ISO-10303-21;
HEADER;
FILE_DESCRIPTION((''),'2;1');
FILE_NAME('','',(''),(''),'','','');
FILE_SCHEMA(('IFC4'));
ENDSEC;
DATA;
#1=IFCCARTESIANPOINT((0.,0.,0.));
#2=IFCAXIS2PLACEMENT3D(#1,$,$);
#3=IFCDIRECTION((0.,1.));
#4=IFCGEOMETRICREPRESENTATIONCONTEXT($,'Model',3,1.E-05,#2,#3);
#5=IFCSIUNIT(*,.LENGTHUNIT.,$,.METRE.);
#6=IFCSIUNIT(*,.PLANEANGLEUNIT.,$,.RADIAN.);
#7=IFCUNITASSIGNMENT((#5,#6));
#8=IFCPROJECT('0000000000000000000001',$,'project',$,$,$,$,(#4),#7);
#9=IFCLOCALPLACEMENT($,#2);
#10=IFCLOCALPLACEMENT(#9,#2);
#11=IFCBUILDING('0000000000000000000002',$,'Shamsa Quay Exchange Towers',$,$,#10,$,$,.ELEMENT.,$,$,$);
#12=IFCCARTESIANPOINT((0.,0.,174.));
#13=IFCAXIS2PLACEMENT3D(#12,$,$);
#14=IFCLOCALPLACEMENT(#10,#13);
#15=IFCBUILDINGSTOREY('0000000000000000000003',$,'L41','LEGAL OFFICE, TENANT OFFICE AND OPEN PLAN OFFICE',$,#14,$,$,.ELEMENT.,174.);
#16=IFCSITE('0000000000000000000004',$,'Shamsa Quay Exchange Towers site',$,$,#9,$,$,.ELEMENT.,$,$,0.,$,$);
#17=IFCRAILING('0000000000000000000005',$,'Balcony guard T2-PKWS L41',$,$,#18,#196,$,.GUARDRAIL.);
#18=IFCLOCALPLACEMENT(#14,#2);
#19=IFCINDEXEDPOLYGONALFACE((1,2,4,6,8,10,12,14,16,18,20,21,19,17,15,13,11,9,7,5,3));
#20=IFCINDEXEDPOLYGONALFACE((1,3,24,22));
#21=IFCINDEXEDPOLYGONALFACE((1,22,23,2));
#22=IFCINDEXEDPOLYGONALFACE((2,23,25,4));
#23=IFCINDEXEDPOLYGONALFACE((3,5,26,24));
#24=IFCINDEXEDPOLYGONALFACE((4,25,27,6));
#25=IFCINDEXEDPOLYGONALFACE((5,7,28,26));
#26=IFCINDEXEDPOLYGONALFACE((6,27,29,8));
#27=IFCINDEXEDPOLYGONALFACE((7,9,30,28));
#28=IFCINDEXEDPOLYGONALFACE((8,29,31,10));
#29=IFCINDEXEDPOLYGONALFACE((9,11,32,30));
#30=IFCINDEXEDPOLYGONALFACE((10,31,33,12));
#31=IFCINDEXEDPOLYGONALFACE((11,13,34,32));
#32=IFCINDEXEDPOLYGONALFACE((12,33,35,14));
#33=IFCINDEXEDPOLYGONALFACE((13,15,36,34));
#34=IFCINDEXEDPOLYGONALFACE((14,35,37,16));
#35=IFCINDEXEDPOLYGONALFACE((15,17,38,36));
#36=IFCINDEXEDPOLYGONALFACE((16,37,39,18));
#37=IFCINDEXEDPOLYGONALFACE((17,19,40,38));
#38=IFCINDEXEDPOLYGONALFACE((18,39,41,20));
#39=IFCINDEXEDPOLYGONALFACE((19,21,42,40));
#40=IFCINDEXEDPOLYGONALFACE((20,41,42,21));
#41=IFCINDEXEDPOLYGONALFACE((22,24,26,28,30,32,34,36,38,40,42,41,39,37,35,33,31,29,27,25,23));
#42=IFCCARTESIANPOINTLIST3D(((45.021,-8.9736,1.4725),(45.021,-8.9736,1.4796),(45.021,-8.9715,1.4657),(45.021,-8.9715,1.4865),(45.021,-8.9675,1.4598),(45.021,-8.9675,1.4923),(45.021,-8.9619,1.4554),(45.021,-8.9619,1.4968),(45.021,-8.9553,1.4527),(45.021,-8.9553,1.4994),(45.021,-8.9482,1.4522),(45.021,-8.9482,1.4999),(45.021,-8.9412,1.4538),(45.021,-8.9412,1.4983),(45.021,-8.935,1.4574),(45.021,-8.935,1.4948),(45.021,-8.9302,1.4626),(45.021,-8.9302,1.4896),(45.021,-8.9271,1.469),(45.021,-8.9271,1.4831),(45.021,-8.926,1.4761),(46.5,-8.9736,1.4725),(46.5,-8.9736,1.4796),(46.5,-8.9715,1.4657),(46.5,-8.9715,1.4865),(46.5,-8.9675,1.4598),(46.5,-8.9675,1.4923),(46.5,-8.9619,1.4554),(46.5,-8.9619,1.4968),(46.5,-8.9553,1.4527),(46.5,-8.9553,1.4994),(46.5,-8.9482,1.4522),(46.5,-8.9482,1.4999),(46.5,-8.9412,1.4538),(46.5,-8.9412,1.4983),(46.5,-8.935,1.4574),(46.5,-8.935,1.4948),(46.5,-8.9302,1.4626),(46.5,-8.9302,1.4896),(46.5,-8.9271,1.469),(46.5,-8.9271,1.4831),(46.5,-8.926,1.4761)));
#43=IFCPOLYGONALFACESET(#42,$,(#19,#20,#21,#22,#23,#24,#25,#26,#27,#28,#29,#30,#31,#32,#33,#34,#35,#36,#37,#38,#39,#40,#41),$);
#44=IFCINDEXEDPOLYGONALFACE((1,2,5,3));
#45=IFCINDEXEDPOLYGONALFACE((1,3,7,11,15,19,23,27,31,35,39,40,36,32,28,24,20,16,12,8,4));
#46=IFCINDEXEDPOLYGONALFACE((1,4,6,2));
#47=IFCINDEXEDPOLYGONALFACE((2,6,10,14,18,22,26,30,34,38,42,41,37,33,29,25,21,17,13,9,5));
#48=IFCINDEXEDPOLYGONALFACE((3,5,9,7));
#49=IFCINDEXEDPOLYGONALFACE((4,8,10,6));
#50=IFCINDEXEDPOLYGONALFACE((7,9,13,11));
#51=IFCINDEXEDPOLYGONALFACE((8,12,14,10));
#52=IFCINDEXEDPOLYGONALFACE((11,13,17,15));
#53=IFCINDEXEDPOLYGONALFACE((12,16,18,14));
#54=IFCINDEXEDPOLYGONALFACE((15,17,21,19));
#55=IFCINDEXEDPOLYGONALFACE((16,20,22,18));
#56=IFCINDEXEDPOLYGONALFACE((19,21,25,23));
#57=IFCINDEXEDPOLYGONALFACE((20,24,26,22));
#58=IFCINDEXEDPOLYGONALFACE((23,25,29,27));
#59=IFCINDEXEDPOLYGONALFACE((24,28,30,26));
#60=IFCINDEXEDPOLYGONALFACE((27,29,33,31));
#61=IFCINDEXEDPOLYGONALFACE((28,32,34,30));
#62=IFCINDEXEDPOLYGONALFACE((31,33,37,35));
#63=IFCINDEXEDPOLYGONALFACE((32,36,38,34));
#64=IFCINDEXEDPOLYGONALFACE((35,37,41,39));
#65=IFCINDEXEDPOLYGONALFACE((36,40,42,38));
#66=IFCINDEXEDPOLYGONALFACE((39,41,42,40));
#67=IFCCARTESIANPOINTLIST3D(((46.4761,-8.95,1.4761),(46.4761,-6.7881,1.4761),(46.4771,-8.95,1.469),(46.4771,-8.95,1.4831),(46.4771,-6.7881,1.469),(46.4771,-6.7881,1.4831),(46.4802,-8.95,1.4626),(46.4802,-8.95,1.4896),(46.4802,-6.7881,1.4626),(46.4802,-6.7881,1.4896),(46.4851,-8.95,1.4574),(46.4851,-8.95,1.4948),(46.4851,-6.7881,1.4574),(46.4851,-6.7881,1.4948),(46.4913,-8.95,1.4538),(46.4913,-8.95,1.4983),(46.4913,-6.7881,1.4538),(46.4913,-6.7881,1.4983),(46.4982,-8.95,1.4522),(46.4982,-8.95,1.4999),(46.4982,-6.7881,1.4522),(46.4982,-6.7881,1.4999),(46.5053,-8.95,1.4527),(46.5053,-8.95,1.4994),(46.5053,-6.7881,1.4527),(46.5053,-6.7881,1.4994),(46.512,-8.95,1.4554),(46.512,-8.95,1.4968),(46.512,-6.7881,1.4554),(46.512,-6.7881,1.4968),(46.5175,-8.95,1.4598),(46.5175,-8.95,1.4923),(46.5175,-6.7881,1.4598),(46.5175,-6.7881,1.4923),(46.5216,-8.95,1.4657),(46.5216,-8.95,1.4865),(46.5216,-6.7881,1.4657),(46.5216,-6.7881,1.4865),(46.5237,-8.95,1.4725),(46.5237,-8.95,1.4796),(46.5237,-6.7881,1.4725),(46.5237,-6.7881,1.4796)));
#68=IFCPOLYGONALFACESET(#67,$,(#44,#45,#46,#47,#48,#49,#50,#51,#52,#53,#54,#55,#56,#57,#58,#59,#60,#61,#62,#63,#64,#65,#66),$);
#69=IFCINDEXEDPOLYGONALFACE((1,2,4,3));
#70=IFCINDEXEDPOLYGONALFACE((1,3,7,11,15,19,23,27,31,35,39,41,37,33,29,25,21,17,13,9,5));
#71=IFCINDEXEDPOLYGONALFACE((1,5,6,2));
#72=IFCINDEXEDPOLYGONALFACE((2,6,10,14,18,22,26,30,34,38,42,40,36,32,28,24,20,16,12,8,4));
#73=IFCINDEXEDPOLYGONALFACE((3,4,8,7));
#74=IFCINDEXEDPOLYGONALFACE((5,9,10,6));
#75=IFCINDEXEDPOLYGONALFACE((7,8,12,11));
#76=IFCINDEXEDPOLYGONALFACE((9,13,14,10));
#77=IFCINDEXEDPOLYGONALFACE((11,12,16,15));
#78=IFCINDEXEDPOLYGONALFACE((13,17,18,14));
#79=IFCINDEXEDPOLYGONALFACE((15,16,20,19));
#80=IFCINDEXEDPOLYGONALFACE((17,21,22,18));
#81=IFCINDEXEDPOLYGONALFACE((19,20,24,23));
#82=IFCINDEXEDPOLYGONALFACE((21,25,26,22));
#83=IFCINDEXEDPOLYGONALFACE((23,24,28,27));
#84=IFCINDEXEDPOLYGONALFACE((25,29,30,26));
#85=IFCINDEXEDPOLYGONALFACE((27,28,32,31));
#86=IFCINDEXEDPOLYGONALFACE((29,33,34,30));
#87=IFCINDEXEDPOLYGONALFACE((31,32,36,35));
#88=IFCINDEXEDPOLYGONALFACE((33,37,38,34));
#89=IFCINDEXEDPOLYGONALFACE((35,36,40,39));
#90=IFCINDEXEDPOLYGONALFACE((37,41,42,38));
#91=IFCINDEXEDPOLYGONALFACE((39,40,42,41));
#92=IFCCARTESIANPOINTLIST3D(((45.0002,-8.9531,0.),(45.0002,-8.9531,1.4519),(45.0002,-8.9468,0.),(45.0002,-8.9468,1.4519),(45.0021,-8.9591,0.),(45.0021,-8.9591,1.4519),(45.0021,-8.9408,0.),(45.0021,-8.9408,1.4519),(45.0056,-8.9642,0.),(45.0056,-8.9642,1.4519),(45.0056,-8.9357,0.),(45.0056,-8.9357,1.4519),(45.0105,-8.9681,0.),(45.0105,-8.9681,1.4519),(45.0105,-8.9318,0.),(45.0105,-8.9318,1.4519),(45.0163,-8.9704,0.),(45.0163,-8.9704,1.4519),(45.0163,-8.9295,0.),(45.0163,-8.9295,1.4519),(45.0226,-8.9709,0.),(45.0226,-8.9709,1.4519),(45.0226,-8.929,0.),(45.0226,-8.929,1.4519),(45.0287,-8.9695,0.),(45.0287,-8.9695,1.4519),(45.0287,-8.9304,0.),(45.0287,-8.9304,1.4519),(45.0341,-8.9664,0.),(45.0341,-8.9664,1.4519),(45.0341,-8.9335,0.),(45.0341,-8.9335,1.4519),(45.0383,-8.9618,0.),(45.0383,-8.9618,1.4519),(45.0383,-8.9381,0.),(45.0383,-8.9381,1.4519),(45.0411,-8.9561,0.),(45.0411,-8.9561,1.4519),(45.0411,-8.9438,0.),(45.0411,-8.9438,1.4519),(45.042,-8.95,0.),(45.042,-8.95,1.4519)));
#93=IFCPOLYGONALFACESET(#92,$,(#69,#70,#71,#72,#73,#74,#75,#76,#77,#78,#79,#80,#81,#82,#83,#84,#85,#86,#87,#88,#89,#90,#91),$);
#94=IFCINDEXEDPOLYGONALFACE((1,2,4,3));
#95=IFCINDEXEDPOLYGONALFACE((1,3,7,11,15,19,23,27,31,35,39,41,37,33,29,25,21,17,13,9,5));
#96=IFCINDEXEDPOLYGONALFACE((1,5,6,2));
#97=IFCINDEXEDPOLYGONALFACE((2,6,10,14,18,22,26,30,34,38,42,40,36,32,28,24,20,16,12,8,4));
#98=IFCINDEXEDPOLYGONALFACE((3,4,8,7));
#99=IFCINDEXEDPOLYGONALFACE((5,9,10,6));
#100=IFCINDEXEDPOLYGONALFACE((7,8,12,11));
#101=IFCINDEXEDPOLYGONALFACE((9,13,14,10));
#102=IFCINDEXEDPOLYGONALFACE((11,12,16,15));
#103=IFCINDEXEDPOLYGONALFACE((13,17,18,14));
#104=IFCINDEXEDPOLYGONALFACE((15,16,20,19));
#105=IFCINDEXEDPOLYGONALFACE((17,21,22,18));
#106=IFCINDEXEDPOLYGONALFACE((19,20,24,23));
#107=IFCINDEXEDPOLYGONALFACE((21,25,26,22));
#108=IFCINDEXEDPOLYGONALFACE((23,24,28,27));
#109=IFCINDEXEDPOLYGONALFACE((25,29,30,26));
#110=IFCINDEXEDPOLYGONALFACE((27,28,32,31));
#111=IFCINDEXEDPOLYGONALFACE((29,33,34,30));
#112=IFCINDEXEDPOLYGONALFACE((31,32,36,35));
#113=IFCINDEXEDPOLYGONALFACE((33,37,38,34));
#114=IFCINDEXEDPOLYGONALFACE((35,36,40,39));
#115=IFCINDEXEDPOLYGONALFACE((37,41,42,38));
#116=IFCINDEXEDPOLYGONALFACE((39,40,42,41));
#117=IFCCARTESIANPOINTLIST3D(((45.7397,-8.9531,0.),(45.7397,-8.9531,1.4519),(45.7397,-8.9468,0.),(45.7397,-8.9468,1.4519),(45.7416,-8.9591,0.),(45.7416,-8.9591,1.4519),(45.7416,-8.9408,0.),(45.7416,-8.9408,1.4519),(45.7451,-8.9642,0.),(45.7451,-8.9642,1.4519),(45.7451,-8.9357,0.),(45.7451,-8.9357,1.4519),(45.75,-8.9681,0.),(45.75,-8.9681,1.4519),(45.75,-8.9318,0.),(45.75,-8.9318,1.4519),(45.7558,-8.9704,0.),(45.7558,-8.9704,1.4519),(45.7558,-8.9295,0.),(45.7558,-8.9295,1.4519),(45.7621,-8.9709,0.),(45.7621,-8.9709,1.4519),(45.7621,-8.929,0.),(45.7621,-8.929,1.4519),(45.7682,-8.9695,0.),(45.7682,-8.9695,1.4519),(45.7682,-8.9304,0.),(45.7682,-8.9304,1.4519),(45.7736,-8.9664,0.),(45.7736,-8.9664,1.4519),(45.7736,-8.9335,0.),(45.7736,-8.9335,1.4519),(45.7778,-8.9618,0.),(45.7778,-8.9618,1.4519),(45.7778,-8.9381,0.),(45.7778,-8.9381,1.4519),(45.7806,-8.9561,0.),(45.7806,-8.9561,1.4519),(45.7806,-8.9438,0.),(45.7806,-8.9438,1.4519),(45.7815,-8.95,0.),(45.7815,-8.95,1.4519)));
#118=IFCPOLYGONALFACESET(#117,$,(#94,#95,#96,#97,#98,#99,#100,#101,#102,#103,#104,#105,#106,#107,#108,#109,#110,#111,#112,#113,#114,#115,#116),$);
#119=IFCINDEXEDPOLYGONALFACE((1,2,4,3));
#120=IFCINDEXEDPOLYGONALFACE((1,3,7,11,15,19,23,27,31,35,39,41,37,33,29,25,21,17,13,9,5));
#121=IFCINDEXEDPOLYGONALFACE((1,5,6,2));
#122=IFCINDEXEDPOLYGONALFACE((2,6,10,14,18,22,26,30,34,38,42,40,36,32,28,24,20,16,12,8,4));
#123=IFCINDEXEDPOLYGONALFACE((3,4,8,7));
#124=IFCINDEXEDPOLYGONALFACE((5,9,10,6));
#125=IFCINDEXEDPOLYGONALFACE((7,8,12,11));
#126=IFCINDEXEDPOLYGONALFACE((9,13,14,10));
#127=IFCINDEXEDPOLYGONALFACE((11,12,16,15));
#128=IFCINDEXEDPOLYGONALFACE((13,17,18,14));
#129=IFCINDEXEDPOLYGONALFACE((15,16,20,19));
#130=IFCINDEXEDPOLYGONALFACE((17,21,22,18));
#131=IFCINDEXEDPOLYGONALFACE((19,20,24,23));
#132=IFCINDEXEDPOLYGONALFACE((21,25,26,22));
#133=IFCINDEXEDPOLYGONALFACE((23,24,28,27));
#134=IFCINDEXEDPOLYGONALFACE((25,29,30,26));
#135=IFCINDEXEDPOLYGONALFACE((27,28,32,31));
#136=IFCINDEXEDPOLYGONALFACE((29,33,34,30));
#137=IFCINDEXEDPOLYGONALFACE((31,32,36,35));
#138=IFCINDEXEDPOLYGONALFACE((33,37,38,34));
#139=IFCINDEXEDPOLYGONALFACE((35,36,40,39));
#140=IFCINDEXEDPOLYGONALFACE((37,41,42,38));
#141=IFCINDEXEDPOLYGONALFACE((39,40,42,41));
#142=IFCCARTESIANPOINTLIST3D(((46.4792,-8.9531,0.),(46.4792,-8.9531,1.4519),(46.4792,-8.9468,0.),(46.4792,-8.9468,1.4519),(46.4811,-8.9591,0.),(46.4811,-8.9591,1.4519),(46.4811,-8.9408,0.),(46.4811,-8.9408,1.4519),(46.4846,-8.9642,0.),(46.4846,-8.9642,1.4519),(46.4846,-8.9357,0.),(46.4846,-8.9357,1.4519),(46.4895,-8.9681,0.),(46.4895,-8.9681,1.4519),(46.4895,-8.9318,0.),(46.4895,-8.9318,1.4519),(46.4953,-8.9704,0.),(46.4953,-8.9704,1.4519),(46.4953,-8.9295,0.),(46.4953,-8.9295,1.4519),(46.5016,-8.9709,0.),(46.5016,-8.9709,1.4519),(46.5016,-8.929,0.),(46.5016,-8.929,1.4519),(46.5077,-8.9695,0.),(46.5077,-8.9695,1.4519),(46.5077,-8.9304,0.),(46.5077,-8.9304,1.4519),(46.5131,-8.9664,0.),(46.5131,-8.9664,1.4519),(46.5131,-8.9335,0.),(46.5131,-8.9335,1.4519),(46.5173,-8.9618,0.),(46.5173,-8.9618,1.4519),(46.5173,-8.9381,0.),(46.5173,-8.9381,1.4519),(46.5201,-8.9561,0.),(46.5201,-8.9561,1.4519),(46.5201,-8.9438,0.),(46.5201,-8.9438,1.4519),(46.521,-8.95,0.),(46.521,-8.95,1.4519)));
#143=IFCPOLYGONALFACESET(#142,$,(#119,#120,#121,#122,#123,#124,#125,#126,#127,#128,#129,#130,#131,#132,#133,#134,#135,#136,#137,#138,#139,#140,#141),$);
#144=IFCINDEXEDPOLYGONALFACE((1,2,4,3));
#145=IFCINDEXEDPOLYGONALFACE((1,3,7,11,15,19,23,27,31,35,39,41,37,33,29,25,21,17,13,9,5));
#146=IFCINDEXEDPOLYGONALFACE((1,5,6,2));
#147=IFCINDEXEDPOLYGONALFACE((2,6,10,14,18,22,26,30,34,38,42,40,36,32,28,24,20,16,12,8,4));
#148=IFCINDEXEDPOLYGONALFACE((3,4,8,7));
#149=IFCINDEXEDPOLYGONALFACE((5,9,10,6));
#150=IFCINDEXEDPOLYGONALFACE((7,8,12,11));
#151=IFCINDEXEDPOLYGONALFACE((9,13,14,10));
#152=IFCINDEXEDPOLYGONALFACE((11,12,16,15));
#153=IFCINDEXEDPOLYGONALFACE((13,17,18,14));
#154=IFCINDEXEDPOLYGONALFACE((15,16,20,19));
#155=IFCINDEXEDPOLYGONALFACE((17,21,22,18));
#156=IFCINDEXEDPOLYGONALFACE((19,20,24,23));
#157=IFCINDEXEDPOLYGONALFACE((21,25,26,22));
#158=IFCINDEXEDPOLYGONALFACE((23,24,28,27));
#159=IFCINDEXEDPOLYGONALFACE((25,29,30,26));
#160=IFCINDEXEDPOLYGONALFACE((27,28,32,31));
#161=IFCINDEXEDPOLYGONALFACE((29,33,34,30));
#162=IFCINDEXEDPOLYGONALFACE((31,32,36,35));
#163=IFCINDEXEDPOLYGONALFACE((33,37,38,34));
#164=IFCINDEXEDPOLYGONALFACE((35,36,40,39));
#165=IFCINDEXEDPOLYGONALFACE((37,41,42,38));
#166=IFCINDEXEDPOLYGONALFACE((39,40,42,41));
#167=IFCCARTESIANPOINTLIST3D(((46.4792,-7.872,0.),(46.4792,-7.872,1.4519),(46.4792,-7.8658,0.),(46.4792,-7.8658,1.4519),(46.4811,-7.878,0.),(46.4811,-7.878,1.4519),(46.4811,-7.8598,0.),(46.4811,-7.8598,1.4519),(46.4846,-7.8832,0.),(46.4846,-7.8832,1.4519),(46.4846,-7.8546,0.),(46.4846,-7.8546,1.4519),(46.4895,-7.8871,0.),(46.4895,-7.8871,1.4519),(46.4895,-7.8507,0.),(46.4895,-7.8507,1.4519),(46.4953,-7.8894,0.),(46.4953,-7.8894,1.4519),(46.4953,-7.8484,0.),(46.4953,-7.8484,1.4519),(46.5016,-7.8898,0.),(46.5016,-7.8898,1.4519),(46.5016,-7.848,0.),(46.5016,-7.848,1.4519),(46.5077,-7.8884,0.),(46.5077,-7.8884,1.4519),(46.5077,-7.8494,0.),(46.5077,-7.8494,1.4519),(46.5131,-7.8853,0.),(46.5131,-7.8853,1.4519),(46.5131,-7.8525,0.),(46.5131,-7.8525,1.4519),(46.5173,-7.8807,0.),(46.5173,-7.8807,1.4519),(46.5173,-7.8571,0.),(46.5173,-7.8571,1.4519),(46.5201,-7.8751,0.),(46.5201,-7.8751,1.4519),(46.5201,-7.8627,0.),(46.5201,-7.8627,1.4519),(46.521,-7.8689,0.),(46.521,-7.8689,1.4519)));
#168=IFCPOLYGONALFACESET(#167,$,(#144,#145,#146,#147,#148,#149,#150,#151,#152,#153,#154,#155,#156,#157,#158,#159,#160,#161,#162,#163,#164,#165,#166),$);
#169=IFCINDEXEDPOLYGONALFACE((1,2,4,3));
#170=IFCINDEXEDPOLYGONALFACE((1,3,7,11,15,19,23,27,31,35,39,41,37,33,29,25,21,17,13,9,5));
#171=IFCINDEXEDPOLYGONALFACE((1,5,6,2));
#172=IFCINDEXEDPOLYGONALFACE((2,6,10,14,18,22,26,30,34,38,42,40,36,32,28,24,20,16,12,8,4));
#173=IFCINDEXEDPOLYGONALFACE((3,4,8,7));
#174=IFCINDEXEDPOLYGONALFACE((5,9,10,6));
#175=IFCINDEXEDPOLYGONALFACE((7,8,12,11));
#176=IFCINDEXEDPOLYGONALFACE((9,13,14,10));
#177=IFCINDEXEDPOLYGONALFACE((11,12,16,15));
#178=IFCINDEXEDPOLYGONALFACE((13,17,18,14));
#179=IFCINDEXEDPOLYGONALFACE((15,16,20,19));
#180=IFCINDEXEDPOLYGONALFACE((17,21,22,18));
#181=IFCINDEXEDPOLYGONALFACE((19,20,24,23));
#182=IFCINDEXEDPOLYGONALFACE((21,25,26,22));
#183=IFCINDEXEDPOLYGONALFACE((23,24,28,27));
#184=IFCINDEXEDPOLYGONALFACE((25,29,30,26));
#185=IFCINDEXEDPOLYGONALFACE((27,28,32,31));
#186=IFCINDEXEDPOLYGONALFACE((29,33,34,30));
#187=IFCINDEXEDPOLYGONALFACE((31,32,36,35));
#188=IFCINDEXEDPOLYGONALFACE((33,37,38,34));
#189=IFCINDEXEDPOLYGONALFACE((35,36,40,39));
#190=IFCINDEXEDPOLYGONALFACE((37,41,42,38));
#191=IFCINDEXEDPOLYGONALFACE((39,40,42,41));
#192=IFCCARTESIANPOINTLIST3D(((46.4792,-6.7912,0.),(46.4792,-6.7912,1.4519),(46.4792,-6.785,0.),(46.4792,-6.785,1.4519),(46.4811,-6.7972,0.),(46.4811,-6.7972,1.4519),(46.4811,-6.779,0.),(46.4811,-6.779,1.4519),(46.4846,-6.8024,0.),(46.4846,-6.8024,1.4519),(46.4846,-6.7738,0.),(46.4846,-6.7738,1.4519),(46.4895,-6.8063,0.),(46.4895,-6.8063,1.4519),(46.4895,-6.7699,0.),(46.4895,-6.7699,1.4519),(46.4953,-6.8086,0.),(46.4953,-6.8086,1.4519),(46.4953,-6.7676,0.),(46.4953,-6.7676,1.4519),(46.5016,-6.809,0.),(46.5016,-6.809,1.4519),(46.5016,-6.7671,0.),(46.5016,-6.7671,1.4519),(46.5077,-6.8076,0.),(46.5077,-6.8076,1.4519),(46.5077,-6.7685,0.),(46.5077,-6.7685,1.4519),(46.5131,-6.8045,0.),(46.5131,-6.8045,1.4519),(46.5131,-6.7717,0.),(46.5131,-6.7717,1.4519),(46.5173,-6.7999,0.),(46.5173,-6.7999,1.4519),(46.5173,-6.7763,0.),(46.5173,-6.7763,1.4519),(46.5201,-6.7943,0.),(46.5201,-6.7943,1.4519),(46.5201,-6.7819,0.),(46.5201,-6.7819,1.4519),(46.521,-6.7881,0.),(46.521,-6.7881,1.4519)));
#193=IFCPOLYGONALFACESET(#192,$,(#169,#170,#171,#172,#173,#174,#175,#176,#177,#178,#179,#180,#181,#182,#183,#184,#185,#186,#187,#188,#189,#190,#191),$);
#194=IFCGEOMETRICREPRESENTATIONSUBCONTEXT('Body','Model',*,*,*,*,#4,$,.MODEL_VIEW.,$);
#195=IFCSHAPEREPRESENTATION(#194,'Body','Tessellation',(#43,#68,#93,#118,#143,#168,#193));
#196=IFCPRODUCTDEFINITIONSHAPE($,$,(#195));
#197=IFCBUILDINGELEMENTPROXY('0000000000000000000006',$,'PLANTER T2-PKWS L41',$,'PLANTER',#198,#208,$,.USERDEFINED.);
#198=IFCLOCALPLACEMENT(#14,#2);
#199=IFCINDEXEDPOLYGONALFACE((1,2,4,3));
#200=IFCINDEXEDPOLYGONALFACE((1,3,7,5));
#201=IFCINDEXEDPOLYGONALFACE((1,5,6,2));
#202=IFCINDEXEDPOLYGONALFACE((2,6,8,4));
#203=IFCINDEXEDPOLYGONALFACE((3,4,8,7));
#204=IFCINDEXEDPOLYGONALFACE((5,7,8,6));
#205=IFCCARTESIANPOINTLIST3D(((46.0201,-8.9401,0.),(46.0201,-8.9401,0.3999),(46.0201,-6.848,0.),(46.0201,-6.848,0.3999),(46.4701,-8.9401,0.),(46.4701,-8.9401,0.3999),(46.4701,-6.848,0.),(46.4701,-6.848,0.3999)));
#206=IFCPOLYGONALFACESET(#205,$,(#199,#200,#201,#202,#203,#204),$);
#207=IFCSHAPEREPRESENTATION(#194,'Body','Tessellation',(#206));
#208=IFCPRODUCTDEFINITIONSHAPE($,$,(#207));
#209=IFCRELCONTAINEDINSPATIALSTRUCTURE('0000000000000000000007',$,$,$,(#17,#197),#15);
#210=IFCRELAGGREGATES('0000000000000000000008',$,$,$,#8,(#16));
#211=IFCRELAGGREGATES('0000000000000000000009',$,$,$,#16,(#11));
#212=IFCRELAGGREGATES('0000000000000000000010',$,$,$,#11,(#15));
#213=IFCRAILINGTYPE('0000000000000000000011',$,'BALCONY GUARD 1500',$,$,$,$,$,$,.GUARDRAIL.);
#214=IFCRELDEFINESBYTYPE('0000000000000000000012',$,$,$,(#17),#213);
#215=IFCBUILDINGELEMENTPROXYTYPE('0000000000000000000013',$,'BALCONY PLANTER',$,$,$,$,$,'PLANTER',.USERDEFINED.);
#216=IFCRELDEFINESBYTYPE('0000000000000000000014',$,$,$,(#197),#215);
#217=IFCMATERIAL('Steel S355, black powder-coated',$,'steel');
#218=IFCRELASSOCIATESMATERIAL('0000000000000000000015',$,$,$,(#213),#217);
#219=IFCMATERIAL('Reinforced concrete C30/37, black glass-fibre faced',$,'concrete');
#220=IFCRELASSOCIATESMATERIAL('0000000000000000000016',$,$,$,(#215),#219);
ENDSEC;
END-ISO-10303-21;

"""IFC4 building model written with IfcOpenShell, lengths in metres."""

from ifc_helpers import new_model, si_unit, direction, frame, origin, origin_2d, place, context, subcontext, project, spatial, rectangle, circle, extrude, material, type_object, element, save


model = new_model("IFC4")

# Units and contexts
model_context = context("Model", 3, precision=1e-05, world=origin(), true_north=direction((0.0, 1.0)))
body_context = subcontext(model_context, "Body", "Model", "MODEL_VIEW")
ifc_project = project(units=[si_unit("LENGTHUNIT", "METRE"), si_unit("PLANEANGLEUNIT", "RADIAN")], contexts=[model_context])

# Site, building, storey
site_placement = place(None, origin())
site = spatial("IfcSite", under=ifc_project, at=site_placement, Name="Shamsa Quay Exchange Towers site", CompositionType="ELEMENT", RefElevation=0.0)
building_placement = place(site_placement, origin())
building = spatial("IfcBuilding", under=site, at=building_placement, Name="Shamsa Quay Exchange Towers", CompositionType="ELEMENT")
storey_placement = place(building_placement, frame((0.0, 0.0, 174.0)))
storey = spatial("IfcBuildingStorey", under=building, at=storey_placement, Name="L41", Description="LEGAL OFFICE, TENANT OFFICE AND OPEN PLAN OFFICE", CompositionType="ELEMENT", Elevation=174.0)

# Railing
ifc_material_1 = material(Name="Steel S355, black powder-coated", Category="steel")
railing_type_1 = type_object("IfcRailingType", Name="BALCONY GUARD 1500", PredefinedType="GUARDRAIL", material=ifc_material_1)
railing_1_placement = place(storey_placement, frame((45.021, -8.95, 0.0)))
element("IfcRailing", 1, at=railing_1_placement, inside=storey, type_object=railing_type_1, Name="Balcony guard T2-PKWS L41", PredefinedType="GUARDRAIL", context=body_context, shape_type="SweptSolid", body=[
    extrude(circle(Radius=0.0239, at=origin_2d()), frame((0.0, 0.0, 1.4761), z_axis=(1.0, 0.0, 0.0), x_axis=(0.0, 1.0, 0.0)), (0.0, 0.0, 1.0), 1.479),
    extrude(circle(Radius=0.0239, at=origin_2d()), frame((1.479, 0.0, 1.4761), z_axis=(0.0, 1.0, 0.0), x_axis=(-1.0, 0.0, 0.0)), (0.0, 0.0, 1.0), 2.1619),
    extrude(circle(Radius=0.021, at=origin_2d()), origin(), (0.0, 0.0, 1.0), 1.4519),
    extrude(circle(Radius=0.021, at=origin_2d()), frame((0.7395, 0.0, 0.0)), (0.0, 0.0, 1.0), 1.4519),
    extrude(circle(Radius=0.021, at=origin_2d()), frame((1.479, 0.0, 0.0)), (0.0, 0.0, 1.0), 1.4519),
    extrude(circle(Radius=0.021, at=origin_2d()), frame((1.479, 1.0811, 0.0)), (0.0, 0.0, 1.0), 1.4519),
    extrude(circle(Radius=0.021, at=origin_2d()), frame((1.479, 2.1619, 0.0)), (0.0, 0.0, 1.0), 1.4519),
])

# Building element proxy
ifc_material_2 = material(Name="Reinforced concrete C30/37, black glass-fibre faced", Category="concrete")
building_element_proxy_type = type_object("IfcBuildingElementProxyType", Name="BALCONY PLANTER", ElementType="PLANTER", PredefinedType="USERDEFINED", material=ifc_material_2)
proxy_placement = place(storey_placement, frame((46.2451, -7.894, 0.0), z_axis=(0.0, 0.0, 1.0), x_axis=(0.0, 1.0, 0.0)))
element("IfcBuildingElementProxy", 2, at=proxy_placement, inside=storey, type_object=building_element_proxy_type, Name="PLANTER T2-PKWS L41", ObjectType="PLANTER", PredefinedType="USERDEFINED", context=body_context, shape_type="SweptSolid", body=[
    extrude(rectangle(XDim=2.092, YDim=0.45, at=origin_2d()), origin(), (0.0, 0.0, 1.0), 0.3999),
])

save(model, "model.ifc")
